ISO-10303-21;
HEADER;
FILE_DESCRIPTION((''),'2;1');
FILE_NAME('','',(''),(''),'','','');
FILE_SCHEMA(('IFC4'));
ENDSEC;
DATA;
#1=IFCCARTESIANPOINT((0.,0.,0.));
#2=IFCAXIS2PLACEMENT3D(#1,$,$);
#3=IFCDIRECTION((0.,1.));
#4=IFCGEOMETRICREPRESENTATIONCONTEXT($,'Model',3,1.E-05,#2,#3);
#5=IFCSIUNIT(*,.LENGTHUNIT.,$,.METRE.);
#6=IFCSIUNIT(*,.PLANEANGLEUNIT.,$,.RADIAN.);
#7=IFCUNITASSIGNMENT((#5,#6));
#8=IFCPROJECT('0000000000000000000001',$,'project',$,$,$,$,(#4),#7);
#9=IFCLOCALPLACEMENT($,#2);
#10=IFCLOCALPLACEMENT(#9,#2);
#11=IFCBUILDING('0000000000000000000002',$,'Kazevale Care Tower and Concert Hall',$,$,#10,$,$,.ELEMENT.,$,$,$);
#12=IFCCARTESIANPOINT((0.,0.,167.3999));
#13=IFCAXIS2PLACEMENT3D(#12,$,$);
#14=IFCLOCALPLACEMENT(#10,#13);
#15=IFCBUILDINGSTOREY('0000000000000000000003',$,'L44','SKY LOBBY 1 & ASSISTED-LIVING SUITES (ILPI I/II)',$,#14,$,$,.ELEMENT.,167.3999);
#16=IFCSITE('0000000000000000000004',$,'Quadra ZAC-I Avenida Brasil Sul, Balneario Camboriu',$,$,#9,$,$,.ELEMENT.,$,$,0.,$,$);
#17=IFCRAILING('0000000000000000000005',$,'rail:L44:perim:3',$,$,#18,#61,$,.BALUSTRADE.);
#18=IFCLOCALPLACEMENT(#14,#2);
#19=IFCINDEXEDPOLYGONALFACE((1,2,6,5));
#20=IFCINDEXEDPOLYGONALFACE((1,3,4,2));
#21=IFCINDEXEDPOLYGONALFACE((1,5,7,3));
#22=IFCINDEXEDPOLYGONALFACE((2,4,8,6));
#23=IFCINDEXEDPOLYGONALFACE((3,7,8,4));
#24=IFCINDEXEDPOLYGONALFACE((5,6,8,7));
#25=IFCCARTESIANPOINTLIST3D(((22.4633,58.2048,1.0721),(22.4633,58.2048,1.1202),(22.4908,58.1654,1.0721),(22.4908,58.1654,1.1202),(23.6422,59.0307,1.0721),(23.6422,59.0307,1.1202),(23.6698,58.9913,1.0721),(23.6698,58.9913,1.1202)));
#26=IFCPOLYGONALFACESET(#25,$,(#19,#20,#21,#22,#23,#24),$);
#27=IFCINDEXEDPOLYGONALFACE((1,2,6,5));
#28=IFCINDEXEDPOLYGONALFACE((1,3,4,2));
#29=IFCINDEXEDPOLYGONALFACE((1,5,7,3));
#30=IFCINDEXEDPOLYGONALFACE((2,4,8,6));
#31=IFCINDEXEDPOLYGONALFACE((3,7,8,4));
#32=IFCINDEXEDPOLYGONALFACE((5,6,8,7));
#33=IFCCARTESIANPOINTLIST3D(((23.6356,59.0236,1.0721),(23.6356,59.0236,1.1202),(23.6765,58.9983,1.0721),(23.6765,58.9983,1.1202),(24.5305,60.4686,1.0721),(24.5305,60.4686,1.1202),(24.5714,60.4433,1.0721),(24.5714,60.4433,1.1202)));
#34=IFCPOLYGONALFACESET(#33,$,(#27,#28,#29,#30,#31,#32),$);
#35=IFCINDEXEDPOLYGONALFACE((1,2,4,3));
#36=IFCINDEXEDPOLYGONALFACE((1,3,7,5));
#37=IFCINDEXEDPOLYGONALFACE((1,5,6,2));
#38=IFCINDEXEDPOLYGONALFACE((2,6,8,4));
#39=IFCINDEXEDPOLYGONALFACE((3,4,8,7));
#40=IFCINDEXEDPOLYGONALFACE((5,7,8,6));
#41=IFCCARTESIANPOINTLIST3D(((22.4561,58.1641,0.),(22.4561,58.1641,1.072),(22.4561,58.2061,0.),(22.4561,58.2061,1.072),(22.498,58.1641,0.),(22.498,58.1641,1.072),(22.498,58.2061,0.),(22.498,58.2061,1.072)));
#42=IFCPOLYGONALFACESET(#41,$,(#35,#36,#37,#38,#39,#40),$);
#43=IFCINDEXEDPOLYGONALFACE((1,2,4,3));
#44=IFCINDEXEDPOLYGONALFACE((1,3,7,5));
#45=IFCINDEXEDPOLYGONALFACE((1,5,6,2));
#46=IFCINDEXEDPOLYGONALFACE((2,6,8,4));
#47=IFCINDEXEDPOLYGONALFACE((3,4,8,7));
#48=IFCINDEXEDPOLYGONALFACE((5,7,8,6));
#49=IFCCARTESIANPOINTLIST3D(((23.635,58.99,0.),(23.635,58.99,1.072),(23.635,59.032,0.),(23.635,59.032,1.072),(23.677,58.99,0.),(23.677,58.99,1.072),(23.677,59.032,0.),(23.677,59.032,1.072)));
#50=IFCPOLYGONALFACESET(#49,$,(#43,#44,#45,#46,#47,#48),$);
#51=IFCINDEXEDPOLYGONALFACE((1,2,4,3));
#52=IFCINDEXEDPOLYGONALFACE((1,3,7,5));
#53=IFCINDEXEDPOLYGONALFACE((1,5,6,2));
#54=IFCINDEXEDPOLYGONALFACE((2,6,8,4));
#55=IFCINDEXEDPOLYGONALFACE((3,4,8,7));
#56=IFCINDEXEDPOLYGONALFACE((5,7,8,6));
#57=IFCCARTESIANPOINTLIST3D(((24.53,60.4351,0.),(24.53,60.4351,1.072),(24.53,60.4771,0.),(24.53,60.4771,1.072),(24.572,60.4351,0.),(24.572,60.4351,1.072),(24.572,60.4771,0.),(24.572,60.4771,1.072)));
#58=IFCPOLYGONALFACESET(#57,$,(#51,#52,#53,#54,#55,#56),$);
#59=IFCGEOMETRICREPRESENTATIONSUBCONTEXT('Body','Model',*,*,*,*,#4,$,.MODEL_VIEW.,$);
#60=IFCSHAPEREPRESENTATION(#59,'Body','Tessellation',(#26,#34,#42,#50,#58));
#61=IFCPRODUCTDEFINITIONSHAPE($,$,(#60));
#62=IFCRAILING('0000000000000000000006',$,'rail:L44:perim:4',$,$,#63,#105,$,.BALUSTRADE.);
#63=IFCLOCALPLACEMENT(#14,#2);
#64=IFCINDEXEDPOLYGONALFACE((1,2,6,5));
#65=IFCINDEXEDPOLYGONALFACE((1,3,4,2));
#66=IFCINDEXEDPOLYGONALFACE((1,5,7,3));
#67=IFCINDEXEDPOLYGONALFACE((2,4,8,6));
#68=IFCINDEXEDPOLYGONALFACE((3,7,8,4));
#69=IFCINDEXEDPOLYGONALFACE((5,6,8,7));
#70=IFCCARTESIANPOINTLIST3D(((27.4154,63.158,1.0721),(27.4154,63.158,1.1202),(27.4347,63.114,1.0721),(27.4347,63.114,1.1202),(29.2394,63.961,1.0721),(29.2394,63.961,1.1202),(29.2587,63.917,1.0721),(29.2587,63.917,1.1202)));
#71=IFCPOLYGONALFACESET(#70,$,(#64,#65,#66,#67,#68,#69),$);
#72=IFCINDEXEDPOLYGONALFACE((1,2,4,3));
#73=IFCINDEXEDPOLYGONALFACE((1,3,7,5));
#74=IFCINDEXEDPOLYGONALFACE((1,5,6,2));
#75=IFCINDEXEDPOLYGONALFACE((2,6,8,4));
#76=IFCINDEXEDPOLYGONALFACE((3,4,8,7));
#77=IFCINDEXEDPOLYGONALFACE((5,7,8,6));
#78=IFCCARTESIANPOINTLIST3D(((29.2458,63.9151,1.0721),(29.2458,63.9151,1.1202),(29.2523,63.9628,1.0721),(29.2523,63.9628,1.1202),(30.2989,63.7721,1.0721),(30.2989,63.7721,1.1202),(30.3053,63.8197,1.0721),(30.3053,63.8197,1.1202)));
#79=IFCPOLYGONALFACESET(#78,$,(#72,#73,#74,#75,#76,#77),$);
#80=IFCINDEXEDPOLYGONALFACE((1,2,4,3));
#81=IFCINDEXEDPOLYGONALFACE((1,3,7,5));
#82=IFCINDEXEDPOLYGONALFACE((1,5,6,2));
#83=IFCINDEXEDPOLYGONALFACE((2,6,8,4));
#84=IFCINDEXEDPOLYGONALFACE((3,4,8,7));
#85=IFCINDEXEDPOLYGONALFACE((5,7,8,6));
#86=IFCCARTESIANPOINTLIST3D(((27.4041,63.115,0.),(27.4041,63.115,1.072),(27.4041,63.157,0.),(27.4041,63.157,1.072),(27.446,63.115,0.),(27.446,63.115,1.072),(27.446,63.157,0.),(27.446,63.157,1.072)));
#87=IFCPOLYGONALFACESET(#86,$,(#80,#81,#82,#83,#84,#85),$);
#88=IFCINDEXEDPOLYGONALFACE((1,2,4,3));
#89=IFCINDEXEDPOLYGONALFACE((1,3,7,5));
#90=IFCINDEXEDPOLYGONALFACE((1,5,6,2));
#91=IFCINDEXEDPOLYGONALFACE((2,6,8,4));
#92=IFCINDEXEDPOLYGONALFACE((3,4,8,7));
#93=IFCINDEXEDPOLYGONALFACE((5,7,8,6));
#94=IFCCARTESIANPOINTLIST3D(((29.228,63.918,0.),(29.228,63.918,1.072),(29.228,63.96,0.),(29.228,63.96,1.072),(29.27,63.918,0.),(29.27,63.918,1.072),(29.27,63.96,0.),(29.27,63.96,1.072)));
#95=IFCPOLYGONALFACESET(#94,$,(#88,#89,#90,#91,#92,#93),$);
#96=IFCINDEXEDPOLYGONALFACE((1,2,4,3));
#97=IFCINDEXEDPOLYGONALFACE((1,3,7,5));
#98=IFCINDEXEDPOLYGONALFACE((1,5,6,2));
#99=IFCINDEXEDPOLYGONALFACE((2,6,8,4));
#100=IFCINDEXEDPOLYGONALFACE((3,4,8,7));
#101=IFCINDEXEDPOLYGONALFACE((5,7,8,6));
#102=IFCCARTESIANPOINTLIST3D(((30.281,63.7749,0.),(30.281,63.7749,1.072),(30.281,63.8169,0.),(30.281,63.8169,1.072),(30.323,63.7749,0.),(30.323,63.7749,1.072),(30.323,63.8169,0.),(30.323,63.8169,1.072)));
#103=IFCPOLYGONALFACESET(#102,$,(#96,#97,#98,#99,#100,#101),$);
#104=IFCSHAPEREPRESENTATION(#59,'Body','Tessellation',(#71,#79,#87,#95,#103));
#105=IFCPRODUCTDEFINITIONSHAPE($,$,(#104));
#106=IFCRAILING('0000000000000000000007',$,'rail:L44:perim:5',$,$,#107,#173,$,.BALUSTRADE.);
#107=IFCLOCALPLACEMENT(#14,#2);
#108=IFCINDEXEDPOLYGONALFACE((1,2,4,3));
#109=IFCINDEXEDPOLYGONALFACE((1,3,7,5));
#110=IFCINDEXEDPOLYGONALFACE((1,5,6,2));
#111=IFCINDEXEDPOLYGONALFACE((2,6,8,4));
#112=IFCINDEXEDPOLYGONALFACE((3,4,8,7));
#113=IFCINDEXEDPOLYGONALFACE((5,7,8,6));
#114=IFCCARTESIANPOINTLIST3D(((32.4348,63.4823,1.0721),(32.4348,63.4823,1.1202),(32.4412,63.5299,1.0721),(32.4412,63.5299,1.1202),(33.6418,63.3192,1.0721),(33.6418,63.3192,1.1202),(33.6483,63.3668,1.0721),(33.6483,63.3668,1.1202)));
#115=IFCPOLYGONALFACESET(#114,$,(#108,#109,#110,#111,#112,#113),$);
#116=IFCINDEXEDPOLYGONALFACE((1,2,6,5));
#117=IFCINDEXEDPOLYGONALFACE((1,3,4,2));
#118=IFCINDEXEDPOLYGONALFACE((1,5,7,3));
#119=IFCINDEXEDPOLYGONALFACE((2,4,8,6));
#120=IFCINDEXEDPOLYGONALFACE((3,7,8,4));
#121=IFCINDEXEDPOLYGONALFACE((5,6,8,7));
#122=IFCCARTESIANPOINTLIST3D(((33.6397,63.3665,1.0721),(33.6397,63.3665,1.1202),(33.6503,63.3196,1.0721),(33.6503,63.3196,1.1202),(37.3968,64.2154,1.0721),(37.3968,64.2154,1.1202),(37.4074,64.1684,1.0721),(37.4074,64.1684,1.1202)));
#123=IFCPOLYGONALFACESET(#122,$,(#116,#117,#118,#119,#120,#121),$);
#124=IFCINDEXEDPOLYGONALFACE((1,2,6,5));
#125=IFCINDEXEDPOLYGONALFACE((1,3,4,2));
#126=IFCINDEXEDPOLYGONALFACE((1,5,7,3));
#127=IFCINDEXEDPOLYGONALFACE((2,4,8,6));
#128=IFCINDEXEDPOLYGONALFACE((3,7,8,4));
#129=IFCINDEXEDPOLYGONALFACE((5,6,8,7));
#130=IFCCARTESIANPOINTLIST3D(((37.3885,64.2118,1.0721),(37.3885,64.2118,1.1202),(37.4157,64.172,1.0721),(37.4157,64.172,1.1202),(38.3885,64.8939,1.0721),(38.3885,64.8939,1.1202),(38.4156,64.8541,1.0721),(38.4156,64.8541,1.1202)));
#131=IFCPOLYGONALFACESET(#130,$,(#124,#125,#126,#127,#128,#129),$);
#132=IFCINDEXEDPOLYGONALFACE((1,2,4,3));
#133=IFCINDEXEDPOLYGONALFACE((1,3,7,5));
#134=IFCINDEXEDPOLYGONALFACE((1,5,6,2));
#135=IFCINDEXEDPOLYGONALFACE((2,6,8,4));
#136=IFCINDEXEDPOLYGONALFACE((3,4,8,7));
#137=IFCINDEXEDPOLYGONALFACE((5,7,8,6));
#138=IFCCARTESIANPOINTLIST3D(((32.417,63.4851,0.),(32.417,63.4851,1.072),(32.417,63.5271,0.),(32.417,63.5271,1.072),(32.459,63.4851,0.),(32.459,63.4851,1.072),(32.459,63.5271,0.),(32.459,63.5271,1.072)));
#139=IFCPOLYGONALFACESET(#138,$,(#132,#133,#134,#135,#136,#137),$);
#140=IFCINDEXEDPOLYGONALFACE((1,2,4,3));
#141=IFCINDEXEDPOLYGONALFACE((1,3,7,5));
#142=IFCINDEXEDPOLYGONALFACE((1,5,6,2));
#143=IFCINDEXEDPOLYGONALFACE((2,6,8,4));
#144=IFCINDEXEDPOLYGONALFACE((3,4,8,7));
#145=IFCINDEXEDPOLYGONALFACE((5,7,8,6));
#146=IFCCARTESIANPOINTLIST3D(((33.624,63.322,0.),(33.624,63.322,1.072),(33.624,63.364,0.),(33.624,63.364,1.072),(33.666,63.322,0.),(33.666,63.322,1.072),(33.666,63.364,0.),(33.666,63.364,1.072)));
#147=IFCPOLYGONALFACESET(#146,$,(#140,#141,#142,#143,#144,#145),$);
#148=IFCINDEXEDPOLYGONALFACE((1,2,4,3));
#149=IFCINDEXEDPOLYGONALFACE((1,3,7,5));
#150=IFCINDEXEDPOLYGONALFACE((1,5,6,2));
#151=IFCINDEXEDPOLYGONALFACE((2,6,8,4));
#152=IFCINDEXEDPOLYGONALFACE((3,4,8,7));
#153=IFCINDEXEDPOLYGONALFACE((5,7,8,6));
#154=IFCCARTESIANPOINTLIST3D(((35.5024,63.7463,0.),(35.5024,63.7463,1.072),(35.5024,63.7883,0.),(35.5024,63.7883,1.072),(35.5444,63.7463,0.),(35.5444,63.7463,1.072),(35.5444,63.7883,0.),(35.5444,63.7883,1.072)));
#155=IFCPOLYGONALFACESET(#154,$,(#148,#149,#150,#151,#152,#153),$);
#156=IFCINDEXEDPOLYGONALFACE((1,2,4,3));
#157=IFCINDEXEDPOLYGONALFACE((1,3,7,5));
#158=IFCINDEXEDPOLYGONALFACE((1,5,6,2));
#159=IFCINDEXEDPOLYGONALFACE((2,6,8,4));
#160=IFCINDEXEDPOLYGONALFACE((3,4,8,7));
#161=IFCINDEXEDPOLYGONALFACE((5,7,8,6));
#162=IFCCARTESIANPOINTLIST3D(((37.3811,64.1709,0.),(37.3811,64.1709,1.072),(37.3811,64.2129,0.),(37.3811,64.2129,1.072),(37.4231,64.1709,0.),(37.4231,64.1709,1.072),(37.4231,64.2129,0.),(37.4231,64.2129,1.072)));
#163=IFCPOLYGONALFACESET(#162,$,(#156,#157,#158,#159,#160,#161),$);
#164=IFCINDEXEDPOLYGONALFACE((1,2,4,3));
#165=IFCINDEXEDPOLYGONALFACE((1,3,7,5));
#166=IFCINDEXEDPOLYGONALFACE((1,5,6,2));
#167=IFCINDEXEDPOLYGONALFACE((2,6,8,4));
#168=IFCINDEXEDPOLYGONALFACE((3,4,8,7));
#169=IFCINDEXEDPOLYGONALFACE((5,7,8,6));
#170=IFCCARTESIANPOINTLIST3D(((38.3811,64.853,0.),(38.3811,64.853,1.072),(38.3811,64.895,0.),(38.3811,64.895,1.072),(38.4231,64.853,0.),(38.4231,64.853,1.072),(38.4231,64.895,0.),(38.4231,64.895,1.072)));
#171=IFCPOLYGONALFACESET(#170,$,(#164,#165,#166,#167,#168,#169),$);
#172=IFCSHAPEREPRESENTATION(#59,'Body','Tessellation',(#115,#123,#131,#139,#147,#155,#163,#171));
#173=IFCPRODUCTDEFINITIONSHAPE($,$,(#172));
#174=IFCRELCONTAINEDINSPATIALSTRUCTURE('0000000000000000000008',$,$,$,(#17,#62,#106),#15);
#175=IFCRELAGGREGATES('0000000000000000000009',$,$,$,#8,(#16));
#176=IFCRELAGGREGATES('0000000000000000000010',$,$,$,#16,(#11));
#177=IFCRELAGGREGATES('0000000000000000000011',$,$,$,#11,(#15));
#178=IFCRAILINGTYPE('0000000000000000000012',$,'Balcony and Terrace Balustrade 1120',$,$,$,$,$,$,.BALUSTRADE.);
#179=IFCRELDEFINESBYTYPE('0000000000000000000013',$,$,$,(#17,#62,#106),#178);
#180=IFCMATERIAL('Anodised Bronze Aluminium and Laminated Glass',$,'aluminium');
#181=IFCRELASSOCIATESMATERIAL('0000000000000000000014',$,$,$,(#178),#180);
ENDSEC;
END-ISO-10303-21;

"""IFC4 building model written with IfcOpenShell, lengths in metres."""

from ifc_helpers import new_model, si_unit, direction, frame, origin, origin_2d, place, context, subcontext, project, spatial, rectangle, extrude, material, type_object, element, save


model = new_model("IFC4")

# Units and contexts
model_context = context("Model", 3, precision=1e-05, world=origin(), true_north=direction((0.0, 1.0)))
body_context = subcontext(model_context, "Body", "Model", "MODEL_VIEW")
ifc_project = project(units=[si_unit("LENGTHUNIT", "METRE"), si_unit("PLANEANGLEUNIT", "RADIAN")], contexts=[model_context])

# Site, building, storey
site_placement = place(None, origin())
site = spatial("IfcSite", under=ifc_project, at=site_placement, Name="Quadra ZAC-I Avenida Brasil Sul, Balneario Camboriu", CompositionType="ELEMENT", RefElevation=0.0)
building_placement = place(site_placement, origin())
building = spatial("IfcBuilding", under=site, at=building_placement, Name="Kazevale Care Tower and Concert Hall", CompositionType="ELEMENT")
storey_placement = place(building_placement, frame((0.0, 0.0, 167.3999)))
storey = spatial("IfcBuildingStorey", under=building, at=storey_placement, Name="L44", Description="SKY LOBBY 1 & ASSISTED-LIVING SUITES (ILPI I/II)", CompositionType="ELEMENT", Elevation=167.3999)

# Railings
ifc_material_1 = material(Name="Anodised Bronze Aluminium and Laminated Glass", Category="aluminium")
railing_type = type_object("IfcRailingType", Name="Balcony and Terrace Balustrade 1120", PredefinedType="BALUSTRADE", material=ifc_material_1)
railing_1_placement = place(storey_placement, frame((22.4771, 58.1851, 0.0)))
element("IfcRailing", 1, at=railing_1_placement, inside=storey, type_object=railing_type, Name="rail:L44:perim:3", PredefinedType="BALUSTRADE", context=body_context, shape_type="SweptSolid", body=[
    extrude(rectangle(XDim=0.0481, YDim=0.0481, at=origin_2d()), frame((0.0, 0.0, 1.0962), z_axis=(0.819017, 0.57377, 0.0), x_axis=(-0.57377, 0.819017, 0.0)), (0.0, 0.0, 1.0), 1.4395),
    extrude(rectangle(XDim=0.0481, YDim=0.0481, at=origin_2d()), frame((1.179, 0.8259, 1.0962), z_axis=(0.526547, 0.850146, 0.0), x_axis=(-0.850146, 0.526547, 0.0)), (0.0, 0.0, 1.0), 1.6997),
    extrude(rectangle(XDim=0.042, YDim=0.042, at=origin_2d()), origin(), (0.0, 0.0, 1.0), 1.072),
    extrude(rectangle(XDim=0.042, YDim=0.042, at=origin_2d()), frame((1.179, 0.8259, 0.0)), (0.0, 0.0, 1.0), 1.072),
    extrude(rectangle(XDim=0.042, YDim=0.042, at=origin_2d()), frame((2.074, 2.271, 0.0)), (0.0, 0.0, 1.0), 1.072),
])
railing_2_placement = place(storey_placement, frame((27.425, 63.136, 0.0)))
element("IfcRailing", 2, at=railing_2_placement, inside=storey, type_object=railing_type, Name="rail:L44:perim:4", PredefinedType="BALUSTRADE", context=body_context, shape_type="SweptSolid", body=[
    extrude(rectangle(XDim=0.0481, YDim=0.0481, at=origin_2d()), frame((0.0, 0.0, 1.0962), z_axis=(0.915236, 0.402919, 0.0), x_axis=(-0.402919, 0.915236, 0.0)), (0.0, 0.0, 1.0), 1.9929),
    extrude(rectangle(XDim=0.0481, YDim=0.0481, at=origin_2d()), frame((1.824, 0.803, 1.0962), z_axis=(0.990896, -0.134631, 0.0), x_axis=(0.134631, 0.990896, 0.0)), (0.0, 0.0, 1.0), 1.0627),
    extrude(rectangle(XDim=0.042, YDim=0.042, at=origin_2d()), origin(), (0.0, 0.0, 1.0), 1.072),
    extrude(rectangle(XDim=0.042, YDim=0.042, at=origin_2d()), frame((1.824, 0.803, 0.0)), (0.0, 0.0, 1.0), 1.072),
    extrude(rectangle(XDim=0.042, YDim=0.042, at=origin_2d()), frame((2.877, 0.6599, 0.0)), (0.0, 0.0, 1.0), 1.072),
])
railing_3_placement = place(storey_placement, frame((32.438, 63.5061, 0.0)))
element("IfcRailing", 3, at=railing_3_placement, inside=storey, type_object=railing_type, Name="rail:L44:perim:5", PredefinedType="BALUSTRADE", context=body_context, shape_type="SweptSolid", body=[
    extrude(rectangle(XDim=0.0481, YDim=0.0481, at=origin_2d()), frame((0.0, 0.0, 1.0962), z_axis=(0.990995, -0.133897, 0.0), x_axis=(0.133897, 0.990995, 0.0)), (0.0, 0.0, 1.0), 1.218),
    extrude(rectangle(XDim=0.0481, YDim=0.0481, at=origin_2d()), frame((1.207, -0.1631, 1.0962), z_axis=(0.975413, 0.220385, 0.0), x_axis=(-0.220385, 0.975413, 0.0)), (0.0, 0.0, 1.0), 3.8518),
    extrude(rectangle(XDim=0.0481, YDim=0.0481, at=origin_2d()), frame((4.9641, 0.6858, 1.0962), z_axis=(0.826108, 0.563512, 0.0), x_axis=(-0.563512, 0.826108, 0.0)), (0.0, 0.0, 1.0), 1.2104),
    extrude(rectangle(XDim=0.042, YDim=0.042, at=origin_2d()), origin(), (0.0, 0.0, 1.0), 1.072),
    extrude(rectangle(XDim=0.042, YDim=0.042, at=origin_2d()), frame((1.207, -0.1631, 0.0)), (0.0, 0.0, 1.0), 1.072),
    extrude(rectangle(XDim=0.042, YDim=0.042, at=origin_2d()), frame((3.0854, 0.2612, 0.0)), (0.0, 0.0, 1.0), 1.072),
    extrude(rectangle(XDim=0.042, YDim=0.042, at=origin_2d()), frame((4.9641, 0.6858, 0.0)), (0.0, 0.0, 1.0), 1.072),
    extrude(rectangle(XDim=0.042, YDim=0.042, at=origin_2d()), frame((5.9641, 1.3679, 0.0)), (0.0, 0.0, 1.0), 1.072),
])

save(model, "model.ifc")
